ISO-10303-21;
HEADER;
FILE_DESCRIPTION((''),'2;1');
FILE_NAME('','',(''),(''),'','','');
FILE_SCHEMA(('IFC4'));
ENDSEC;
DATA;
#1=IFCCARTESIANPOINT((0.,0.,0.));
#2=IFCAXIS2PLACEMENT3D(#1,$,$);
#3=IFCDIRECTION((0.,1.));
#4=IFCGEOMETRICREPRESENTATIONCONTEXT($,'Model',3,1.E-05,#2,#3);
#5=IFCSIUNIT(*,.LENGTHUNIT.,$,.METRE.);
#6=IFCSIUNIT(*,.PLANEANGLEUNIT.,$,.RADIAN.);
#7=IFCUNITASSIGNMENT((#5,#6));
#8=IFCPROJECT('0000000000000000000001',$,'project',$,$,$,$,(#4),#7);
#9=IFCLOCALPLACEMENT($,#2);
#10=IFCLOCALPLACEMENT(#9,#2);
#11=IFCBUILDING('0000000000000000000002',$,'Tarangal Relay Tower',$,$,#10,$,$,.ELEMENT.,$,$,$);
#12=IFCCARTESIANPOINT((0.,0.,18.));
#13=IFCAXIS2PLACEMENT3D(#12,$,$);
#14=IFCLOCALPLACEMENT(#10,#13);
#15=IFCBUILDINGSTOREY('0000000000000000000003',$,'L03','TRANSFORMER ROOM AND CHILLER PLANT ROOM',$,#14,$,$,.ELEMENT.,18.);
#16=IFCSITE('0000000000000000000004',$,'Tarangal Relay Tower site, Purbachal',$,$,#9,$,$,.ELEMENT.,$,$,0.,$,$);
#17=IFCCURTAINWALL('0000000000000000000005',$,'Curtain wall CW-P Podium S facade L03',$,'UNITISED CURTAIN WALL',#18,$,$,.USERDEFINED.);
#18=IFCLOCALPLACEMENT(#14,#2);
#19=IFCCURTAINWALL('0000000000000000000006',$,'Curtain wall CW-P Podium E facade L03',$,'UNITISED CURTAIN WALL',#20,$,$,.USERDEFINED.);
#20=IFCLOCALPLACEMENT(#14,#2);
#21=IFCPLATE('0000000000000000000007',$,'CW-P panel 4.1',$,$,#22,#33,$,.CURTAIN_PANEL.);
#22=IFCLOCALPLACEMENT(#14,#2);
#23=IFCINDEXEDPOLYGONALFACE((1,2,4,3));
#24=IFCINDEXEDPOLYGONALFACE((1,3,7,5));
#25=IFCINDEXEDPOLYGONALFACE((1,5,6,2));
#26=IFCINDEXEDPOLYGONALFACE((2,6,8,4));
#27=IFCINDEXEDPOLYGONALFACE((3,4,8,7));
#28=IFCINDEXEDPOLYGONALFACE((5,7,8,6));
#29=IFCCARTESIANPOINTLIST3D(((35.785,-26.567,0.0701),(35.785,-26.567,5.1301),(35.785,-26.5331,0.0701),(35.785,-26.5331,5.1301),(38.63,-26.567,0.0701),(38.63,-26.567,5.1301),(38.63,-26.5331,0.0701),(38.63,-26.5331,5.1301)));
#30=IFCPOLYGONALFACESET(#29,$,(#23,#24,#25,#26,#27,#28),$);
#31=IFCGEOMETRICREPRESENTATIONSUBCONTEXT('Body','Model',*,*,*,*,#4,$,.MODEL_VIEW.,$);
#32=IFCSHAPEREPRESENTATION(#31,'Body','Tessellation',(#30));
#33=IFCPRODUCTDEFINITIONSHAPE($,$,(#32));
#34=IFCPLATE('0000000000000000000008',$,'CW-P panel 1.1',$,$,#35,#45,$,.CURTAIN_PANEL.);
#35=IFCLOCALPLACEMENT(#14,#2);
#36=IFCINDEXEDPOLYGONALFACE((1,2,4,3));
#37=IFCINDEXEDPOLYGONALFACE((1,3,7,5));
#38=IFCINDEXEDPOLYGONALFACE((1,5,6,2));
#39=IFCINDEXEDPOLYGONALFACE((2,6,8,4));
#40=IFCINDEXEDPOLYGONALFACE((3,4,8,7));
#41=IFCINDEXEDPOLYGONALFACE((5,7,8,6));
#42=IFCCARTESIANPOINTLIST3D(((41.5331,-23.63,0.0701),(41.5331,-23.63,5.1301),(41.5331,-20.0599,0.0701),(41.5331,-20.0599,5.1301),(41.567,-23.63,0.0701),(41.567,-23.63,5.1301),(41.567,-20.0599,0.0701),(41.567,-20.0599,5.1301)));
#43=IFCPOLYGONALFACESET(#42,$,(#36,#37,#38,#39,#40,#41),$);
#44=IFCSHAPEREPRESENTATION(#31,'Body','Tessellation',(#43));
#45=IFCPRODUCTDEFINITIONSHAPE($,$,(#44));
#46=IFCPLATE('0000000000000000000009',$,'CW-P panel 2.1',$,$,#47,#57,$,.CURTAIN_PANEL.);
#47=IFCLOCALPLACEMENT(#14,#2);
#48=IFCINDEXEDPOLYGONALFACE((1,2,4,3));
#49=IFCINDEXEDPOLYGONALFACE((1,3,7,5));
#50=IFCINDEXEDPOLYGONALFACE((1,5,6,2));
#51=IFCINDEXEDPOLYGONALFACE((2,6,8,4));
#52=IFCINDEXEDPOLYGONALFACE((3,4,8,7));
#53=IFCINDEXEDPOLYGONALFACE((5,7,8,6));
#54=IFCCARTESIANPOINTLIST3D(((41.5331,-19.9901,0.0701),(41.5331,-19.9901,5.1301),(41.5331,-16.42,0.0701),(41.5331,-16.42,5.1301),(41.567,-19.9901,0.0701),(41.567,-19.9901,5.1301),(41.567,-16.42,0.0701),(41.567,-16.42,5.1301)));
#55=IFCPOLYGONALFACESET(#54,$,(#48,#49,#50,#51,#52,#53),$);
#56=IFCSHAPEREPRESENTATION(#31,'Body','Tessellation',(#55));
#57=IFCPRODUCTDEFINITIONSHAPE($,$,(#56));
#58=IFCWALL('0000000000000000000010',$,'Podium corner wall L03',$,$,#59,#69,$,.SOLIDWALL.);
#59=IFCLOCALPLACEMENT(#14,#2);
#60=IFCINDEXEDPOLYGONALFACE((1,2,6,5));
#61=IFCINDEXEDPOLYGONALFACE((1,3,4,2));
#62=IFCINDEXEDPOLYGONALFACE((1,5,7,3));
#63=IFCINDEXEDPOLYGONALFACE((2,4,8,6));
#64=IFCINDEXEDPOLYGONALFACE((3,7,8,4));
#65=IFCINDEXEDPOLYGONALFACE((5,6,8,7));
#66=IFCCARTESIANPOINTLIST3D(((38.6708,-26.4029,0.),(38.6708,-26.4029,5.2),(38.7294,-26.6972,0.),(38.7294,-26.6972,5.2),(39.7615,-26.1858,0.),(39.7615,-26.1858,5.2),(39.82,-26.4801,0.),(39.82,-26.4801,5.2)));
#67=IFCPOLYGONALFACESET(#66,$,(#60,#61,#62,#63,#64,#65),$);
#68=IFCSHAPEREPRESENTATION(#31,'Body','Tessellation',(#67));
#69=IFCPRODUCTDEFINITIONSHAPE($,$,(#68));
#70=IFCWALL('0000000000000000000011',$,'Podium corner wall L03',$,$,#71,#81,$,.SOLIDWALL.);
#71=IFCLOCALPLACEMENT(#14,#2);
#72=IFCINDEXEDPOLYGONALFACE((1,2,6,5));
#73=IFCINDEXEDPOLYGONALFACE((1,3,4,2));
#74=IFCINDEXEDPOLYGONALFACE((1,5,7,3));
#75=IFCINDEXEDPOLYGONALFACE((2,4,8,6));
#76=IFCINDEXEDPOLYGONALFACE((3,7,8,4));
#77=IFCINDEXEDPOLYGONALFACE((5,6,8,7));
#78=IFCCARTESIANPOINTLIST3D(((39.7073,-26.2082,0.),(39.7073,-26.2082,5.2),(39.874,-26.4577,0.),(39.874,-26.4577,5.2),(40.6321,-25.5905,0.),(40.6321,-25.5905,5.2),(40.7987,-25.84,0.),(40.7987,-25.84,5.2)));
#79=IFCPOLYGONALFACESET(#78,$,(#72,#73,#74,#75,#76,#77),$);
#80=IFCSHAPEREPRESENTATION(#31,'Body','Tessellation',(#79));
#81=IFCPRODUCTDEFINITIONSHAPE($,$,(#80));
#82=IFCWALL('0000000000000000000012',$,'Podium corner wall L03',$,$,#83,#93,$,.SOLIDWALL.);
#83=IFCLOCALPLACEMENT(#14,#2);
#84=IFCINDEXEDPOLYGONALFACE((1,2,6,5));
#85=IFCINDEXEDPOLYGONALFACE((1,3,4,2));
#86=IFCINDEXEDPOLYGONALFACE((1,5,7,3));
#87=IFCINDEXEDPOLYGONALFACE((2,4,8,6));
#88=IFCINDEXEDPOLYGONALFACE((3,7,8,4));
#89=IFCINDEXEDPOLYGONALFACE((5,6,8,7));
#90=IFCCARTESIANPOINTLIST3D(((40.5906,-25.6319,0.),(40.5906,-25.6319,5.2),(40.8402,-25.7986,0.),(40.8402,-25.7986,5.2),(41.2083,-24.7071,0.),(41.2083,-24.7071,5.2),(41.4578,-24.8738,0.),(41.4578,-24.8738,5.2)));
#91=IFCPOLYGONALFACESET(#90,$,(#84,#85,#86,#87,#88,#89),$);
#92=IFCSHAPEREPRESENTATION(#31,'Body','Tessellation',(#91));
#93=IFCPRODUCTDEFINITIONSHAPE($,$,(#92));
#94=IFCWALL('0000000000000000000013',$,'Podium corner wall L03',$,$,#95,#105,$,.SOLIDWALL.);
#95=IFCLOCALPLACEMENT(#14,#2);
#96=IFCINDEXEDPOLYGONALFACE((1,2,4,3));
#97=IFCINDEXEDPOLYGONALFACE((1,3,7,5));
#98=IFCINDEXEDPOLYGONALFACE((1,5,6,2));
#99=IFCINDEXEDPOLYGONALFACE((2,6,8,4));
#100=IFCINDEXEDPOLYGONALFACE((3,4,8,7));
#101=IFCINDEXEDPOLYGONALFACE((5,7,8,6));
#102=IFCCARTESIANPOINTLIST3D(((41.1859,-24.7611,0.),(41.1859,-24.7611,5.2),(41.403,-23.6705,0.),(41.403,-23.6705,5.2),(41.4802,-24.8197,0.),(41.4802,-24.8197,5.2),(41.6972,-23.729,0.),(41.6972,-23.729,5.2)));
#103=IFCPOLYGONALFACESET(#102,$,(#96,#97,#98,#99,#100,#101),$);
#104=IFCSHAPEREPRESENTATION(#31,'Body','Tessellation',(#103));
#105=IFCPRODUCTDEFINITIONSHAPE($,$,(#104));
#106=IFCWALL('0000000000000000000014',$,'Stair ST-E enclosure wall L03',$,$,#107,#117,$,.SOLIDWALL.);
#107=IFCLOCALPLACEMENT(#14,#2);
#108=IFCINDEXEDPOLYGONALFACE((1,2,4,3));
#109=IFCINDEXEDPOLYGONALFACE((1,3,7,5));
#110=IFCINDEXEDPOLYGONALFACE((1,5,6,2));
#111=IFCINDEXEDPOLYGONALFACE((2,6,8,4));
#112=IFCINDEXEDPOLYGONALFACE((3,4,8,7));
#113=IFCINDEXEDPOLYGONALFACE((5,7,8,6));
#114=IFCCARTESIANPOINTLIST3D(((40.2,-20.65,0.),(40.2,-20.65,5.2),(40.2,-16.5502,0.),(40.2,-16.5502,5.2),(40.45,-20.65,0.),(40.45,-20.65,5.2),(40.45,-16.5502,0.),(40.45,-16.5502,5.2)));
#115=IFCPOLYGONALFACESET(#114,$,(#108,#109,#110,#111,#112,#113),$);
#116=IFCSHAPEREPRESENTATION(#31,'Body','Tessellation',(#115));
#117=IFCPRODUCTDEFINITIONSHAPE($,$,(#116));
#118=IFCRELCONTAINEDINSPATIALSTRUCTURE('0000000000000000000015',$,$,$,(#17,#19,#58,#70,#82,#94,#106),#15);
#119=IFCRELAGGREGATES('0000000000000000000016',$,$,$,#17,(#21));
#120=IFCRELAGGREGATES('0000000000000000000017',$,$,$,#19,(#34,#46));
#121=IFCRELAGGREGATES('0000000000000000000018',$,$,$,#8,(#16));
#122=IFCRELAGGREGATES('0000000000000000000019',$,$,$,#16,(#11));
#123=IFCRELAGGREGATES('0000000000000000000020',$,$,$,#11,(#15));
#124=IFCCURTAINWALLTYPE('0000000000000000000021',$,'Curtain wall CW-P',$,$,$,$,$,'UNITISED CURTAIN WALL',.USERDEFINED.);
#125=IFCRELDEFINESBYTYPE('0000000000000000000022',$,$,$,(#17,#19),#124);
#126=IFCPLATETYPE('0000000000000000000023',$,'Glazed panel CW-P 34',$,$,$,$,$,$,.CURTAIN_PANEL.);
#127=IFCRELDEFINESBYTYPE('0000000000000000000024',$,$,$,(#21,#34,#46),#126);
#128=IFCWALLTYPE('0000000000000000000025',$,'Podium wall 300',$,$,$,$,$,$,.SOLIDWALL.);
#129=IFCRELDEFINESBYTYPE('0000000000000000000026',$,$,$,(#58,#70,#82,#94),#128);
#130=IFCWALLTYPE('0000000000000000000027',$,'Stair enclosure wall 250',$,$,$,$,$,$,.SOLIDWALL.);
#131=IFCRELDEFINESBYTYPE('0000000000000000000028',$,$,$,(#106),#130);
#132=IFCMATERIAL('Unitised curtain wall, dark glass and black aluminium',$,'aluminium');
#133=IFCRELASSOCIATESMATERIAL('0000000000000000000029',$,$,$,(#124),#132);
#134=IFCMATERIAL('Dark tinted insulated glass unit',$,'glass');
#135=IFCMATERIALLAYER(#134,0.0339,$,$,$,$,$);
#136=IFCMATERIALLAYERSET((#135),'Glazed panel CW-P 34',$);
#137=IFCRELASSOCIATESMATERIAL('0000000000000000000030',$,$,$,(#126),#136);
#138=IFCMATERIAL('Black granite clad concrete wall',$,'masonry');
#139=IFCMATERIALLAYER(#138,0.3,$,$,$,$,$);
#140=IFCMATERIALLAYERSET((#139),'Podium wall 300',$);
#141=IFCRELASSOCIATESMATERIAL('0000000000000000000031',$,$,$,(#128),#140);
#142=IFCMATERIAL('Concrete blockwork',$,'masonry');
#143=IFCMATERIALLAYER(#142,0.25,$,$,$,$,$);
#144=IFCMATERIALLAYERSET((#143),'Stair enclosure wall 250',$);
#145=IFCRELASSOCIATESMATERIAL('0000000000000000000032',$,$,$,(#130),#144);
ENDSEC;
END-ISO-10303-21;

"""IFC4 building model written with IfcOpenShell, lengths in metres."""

from ifc_helpers import new_model, si_unit, direction, frame, frame_2d, origin, origin_2d, place, context, subcontext, project, spatial, rectangle, extrude, material, layer, layer_set, type_object, element, aggregate, save


model = new_model("IFC4")

# Units and contexts
model_context = context("Model", 3, precision=1e-05, world=origin(), true_north=direction((0.0, 1.0)))
body_context = subcontext(model_context, "Body", "Model", "MODEL_VIEW")
ifc_project = project(units=[si_unit("LENGTHUNIT", "METRE"), si_unit("PLANEANGLEUNIT", "RADIAN")], contexts=[model_context])

# Site, building, storey
site_placement = place(None, origin())
site = spatial("IfcSite", under=ifc_project, at=site_placement, Name="Tarangal Relay Tower site, Purbachal", CompositionType="ELEMENT", RefElevation=0.0)
building_placement = place(site_placement, origin())
building = spatial("IfcBuilding", under=site, at=building_placement, Name="Tarangal Relay Tower", CompositionType="ELEMENT")
storey_placement = place(building_placement, frame((0.0, 0.0, 18.0)))
storey = spatial("IfcBuildingStorey", under=building, at=storey_placement, Name="L03", Description="TRANSFORMER ROOM AND CHILLER PLANT ROOM", CompositionType="ELEMENT", Elevation=18.0)

# Curtain walls
ifc_material_1 = material(Name="Unitised curtain wall, dark glass and black aluminium", Category="aluminium")
curtain_wall_type = type_object("IfcCurtainWallType", Name="Curtain wall CW-P", ElementType="UNITISED CURTAIN WALL", PredefinedType="USERDEFINED", material=ifc_material_1)
curtain_wall_1_placement = place(storey_placement, origin())
curtain_wall_1 = element("IfcCurtainWall", 1, at=curtain_wall_1_placement, inside=storey, type_object=curtain_wall_type, Name="Curtain wall CW-P Podium S facade L03", ObjectType="UNITISED CURTAIN WALL", PredefinedType="USERDEFINED")
curtain_wall_2_placement = place(storey_placement, origin())
curtain_wall_2 = element("IfcCurtainWall", 2, at=curtain_wall_2_placement, inside=storey, type_object=curtain_wall_type, Name="Curtain wall CW-P Podium E facade L03", ObjectType="UNITISED CURTAIN WALL", PredefinedType="USERDEFINED")

# Plates
ifc_material_2 = material(Name="Dark tinted insulated glass unit", Category="glass")
ifc_layer_1 = layer(ifc_material_2, 0.0339)
ifc_layer_set_1 = layer_set([ifc_layer_1], Name="Glazed panel CW-P 34")
plate_type = type_object("IfcPlateType", Name="Glazed panel CW-P 34", PredefinedType="CURTAIN_PANEL", material=ifc_layer_set_1)
plate_1_placement = place(storey_placement, frame((37.2075, -26.55, 0.0701), z_axis=(0.0, 0.0, 1.0), x_axis=(1.0, 0.0, 0.0)))
plate_1 = element("IfcPlate", 3, at=plate_1_placement, type_object=plate_type, Name="CW-P panel 4.1", PredefinedType="CURTAIN_PANEL", context=body_context, shape_type="SweptSolid", body=[
    extrude(rectangle(XDim=2.845, YDim=0.0339, at=origin_2d()), origin(), (0.0, 0.0, 1.0), 5.0601),
])
aggregate(curtain_wall_1, [plate_1])
plate_2_placement = place(storey_placement, frame((41.55, -21.845, 0.0701), z_axis=(0.0, 0.0, 1.0), x_axis=(0.0, 1.0, 0.0)))
plate_2 = element("IfcPlate", 4, at=plate_2_placement, type_object=plate_type, Name="CW-P panel 1.1", PredefinedType="CURTAIN_PANEL", context=body_context, shape_type="SweptSolid", body=[
    extrude(rectangle(XDim=3.5701, YDim=0.0339, at=origin_2d()), origin(), (0.0, 0.0, 1.0), 5.0601),
])
plate_3_placement = place(storey_placement, frame((41.55, -18.2051, 0.0701), z_axis=(0.0, 0.0, 1.0), x_axis=(0.0, 1.0, 0.0)))
plate_3 = element("IfcPlate", 5, at=plate_3_placement, type_object=plate_type, Name="CW-P panel 2.1", PredefinedType="CURTAIN_PANEL", context=body_context, shape_type="SweptSolid", body=[
    extrude(rectangle(XDim=3.5701, YDim=0.0339, at=origin_2d()), origin(), (0.0, 0.0, 1.0), 5.0601),
])
aggregate(curtain_wall_2, [plate_2, plate_3])

# Walls
ifc_material_3 = material(Name="Black granite clad concrete wall", Category="masonry")
ifc_layer_2 = layer(ifc_material_3, 0.3)
ifc_layer_set_2 = layer_set([ifc_layer_2], Name="Podium wall 300")
wall_type_1 = type_object("IfcWallType", Name="Podium wall 300", PredefinedType="SOLIDWALL", material=ifc_layer_set_2)
for number, where, z_axis, x_axis, name in (
    (6, (38.7, -26.55, 0.0), (0.0, 0.0, 1.0), (0.980766, 0.195187, 0.0), "Podium corner wall L03"),
    (7, (39.7905, -26.333, 0.0), (0.0, 0.0, 1.0), (0.831577, 0.555409, 0.0), "Podium corner wall L03"),
    (8, (40.7153, -25.7153, 0.0), (0.0, 0.0, 1.0), (0.555409, 0.831577, 0.0), "Podium corner wall L03"),
    (9, (41.333, -24.7905, 0.0), (0.0, 0.0, 1.0), (0.195187, 0.980766, 0.0), "Podium corner wall L03"),
):
    element("IfcWall", number, at=place(storey_placement, frame(where, z_axis=z_axis, x_axis=x_axis)), inside=storey, type_object=wall_type_1, Name=name, PredefinedType="SOLIDWALL", context=body_context, shape_type="SweptSolid", body=[
        extrude(rectangle(XDim=1.1121, YDim=0.3, at=frame_2d((0.5562, 0.0))), origin(), (0.0, 0.0, 1.0), 5.2),
    ])
ifc_material_4 = material(Name="Concrete blockwork", Category="masonry")
ifc_layer_3 = layer(ifc_material_4, 0.25)
ifc_layer_set_3 = layer_set([ifc_layer_3], Name="Stair enclosure wall 250")
wall_type_2 = type_object("IfcWallType", Name="Stair enclosure wall 250", PredefinedType="SOLIDWALL", material=ifc_layer_set_3)
wall_placement = place(storey_placement, frame((40.325, -20.6499, 0.0), z_axis=(0.0, 0.0, 1.0), x_axis=(0.0, 1.0, 0.0)))
element("IfcWall", 10, at=wall_placement, inside=storey, type_object=wall_type_2, Name="Stair ST-E enclosure wall L03", PredefinedType="SOLIDWALL", context=body_context, shape_type="SweptSolid", body=[
    extrude(rectangle(XDim=4.0999, YDim=0.25, at=frame_2d((2.0498, 0.0))), origin(), (0.0, 0.0, 1.0), 5.2),
])

save(model, "model.ifc")
